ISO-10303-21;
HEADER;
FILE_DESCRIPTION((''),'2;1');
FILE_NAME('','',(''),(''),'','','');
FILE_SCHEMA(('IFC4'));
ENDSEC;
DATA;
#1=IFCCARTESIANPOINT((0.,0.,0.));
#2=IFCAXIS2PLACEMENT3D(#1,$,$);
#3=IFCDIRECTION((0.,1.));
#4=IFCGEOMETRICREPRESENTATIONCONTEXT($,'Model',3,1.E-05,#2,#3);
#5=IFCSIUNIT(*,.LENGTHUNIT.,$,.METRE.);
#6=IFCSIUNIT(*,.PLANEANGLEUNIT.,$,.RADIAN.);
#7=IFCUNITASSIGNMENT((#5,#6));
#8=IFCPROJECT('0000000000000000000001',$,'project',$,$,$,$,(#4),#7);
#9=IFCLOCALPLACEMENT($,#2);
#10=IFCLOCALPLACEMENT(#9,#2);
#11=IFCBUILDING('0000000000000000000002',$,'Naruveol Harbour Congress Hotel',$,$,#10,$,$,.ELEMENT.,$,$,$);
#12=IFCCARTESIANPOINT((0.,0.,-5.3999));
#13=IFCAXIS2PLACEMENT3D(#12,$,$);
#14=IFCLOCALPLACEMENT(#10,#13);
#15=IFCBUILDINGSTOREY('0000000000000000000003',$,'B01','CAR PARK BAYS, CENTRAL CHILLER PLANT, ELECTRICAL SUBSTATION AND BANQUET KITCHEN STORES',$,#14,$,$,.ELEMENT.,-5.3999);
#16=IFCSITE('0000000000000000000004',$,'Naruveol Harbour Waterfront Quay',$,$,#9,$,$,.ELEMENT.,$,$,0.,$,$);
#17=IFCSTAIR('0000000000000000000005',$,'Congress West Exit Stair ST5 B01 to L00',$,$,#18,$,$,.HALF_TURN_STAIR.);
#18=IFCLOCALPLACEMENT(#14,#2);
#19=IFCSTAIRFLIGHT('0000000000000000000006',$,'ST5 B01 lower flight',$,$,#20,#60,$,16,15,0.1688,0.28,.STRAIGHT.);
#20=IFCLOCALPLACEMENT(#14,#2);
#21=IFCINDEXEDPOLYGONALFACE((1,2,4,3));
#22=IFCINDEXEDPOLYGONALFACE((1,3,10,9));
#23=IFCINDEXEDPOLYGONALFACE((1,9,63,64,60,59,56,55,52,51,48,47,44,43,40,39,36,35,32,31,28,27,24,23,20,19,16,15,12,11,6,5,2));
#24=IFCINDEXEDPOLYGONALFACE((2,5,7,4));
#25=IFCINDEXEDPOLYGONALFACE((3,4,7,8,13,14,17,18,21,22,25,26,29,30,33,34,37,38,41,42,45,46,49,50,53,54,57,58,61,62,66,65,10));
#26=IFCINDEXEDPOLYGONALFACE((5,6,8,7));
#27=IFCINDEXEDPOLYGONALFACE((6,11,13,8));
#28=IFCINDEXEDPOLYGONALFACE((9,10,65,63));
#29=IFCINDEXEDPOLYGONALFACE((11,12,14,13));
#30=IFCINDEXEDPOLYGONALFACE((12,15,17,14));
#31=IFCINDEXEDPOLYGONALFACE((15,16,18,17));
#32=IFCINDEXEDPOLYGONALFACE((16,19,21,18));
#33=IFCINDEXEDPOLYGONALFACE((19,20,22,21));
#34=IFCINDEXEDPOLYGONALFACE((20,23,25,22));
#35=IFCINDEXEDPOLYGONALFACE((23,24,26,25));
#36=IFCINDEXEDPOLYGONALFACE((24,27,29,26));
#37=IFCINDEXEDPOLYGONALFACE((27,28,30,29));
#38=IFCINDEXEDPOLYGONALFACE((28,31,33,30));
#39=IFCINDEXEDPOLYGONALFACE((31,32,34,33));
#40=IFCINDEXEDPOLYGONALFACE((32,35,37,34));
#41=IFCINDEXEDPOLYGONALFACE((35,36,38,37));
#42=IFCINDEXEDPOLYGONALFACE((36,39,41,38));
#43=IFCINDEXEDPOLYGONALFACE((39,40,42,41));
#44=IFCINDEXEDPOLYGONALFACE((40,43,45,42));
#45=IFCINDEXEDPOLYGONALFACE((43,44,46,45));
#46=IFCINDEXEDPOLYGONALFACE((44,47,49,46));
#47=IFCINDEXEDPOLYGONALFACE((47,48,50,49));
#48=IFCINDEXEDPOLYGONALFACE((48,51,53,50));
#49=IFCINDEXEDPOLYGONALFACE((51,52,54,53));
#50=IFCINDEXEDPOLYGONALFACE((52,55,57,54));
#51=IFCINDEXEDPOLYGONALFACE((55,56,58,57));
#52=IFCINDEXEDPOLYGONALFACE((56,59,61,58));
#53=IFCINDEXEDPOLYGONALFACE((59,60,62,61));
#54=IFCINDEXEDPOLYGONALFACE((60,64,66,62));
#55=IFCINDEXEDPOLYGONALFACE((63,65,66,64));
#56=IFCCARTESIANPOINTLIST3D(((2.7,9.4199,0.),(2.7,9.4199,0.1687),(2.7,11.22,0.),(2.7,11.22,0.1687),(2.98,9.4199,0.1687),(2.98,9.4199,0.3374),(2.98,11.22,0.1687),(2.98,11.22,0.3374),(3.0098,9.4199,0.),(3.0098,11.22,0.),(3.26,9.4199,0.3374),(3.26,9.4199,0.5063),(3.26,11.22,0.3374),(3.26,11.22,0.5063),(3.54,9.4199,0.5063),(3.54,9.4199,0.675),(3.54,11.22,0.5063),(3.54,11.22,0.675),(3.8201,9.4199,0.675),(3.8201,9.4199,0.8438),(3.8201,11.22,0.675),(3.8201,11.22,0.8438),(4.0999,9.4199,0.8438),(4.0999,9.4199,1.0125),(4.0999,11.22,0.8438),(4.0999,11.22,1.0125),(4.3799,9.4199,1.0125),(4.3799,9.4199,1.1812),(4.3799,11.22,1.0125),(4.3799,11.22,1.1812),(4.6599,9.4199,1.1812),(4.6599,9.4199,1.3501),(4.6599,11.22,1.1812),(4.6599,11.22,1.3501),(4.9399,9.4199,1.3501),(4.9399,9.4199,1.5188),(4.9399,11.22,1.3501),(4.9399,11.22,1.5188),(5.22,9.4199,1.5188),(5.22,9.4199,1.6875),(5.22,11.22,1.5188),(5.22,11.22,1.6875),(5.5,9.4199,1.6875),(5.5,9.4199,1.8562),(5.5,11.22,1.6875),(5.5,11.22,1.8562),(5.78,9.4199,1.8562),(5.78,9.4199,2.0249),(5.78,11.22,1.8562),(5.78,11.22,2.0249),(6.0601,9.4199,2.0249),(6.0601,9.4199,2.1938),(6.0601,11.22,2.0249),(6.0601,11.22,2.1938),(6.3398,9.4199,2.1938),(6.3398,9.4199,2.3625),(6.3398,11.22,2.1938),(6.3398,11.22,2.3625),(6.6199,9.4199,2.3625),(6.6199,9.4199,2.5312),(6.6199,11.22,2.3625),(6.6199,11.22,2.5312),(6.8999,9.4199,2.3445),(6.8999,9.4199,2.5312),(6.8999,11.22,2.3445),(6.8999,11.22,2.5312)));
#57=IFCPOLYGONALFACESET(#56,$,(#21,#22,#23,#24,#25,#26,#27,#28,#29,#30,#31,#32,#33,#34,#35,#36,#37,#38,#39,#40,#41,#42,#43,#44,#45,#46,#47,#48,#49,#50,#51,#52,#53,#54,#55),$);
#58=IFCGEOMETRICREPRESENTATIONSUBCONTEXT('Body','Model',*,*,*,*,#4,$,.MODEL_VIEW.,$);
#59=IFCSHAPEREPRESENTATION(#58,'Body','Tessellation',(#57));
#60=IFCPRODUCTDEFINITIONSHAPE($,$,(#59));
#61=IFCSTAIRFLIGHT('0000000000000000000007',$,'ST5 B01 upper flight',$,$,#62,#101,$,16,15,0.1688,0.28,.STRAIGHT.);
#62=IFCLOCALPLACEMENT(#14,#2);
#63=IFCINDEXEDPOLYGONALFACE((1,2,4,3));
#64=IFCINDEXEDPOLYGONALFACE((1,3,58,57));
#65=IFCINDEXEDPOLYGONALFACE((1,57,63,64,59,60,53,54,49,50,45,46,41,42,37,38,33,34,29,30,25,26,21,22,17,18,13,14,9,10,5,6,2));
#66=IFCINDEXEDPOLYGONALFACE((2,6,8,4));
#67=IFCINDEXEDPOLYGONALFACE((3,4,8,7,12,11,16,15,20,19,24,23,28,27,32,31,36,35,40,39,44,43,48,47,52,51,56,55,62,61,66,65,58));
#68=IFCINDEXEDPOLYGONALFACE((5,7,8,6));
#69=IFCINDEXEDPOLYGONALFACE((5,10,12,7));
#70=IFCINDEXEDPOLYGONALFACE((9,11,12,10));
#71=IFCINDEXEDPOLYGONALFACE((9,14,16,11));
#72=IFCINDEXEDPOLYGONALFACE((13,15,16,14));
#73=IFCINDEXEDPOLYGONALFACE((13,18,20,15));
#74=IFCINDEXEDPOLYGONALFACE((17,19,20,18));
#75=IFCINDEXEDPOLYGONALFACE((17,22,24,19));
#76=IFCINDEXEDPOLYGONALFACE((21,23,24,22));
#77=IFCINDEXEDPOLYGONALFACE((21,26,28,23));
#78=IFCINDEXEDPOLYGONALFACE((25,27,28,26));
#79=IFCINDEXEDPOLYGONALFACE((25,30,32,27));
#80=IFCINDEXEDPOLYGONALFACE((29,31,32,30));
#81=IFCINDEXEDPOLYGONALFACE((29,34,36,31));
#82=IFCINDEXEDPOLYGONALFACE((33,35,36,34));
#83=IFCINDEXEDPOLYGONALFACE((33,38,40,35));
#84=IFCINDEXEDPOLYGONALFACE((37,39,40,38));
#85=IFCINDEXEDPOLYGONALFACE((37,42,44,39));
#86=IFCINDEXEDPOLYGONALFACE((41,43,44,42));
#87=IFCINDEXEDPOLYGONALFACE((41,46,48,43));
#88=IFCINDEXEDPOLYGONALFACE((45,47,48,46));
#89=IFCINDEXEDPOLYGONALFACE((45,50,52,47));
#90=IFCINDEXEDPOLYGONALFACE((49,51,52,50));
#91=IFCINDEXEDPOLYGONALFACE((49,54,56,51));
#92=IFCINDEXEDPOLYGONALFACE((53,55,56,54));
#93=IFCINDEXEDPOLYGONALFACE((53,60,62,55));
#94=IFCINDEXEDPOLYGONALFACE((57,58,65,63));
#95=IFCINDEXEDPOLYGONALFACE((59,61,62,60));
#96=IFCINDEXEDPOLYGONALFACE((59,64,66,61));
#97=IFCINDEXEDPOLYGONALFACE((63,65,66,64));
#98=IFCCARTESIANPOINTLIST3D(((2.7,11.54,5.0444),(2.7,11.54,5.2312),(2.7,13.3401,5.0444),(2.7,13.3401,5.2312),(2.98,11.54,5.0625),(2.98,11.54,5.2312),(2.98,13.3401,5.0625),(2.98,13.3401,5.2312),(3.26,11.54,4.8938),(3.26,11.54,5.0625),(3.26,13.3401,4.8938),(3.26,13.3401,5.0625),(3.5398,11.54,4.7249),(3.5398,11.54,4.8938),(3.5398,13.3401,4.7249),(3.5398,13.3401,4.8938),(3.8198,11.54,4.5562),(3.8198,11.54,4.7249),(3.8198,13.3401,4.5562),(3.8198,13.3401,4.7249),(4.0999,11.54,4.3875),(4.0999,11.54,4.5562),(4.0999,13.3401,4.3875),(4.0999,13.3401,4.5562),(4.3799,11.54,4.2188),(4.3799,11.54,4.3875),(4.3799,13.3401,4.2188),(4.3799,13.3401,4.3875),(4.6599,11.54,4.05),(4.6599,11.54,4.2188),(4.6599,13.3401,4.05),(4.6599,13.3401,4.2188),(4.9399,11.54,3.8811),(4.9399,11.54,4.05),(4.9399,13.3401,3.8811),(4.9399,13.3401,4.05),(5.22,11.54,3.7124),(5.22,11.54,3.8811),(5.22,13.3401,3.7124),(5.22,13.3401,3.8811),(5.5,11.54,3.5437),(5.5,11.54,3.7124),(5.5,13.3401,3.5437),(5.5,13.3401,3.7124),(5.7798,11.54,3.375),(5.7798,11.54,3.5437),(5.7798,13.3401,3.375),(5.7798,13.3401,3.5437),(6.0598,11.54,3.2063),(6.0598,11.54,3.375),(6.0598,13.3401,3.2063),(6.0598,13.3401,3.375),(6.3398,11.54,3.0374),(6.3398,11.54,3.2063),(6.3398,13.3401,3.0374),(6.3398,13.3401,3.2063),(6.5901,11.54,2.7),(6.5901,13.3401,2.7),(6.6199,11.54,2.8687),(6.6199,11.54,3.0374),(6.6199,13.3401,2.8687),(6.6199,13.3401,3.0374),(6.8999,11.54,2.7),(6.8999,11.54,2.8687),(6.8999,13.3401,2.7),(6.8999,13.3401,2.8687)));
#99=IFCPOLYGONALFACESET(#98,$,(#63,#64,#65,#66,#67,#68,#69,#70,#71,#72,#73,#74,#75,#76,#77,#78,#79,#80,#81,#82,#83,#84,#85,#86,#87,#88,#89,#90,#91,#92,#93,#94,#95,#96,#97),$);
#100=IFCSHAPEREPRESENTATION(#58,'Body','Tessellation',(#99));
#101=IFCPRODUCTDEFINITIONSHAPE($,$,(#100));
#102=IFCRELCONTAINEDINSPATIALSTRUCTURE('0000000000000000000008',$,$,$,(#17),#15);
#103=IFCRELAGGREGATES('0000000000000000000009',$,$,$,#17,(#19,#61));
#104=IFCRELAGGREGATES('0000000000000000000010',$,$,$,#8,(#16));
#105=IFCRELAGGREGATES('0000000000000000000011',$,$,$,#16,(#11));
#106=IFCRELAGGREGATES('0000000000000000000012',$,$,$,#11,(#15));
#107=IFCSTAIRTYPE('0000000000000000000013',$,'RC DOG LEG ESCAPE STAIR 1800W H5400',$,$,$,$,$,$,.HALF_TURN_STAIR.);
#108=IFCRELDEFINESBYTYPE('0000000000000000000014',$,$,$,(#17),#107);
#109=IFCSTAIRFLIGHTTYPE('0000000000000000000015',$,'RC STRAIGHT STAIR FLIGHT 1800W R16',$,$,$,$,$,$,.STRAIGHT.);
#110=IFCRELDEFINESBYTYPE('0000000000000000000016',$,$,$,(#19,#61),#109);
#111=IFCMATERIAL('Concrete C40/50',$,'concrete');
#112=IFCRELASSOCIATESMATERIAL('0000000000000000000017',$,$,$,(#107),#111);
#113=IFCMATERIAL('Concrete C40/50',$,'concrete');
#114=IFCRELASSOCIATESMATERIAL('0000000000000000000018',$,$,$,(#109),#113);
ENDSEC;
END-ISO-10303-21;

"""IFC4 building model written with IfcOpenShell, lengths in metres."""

from ifc_helpers import new_model, si_unit, direction, frame, origin, place, context, subcontext, project, spatial, polyline, outline, extrude, material, type_object, element, aggregate, save


model = new_model("IFC4")

# Units and contexts
model_context = context("Model", 3, precision=1e-05, world=origin(), true_north=direction((0.0, 1.0)))
body_context = subcontext(model_context, "Body", "Model", "MODEL_VIEW")
ifc_project = project(units=[si_unit("LENGTHUNIT", "METRE"), si_unit("PLANEANGLEUNIT", "RADIAN")], contexts=[model_context])

# Site, building, storey
site_placement = place(None, origin())
site = spatial("IfcSite", under=ifc_project, at=site_placement, Name="Naruveol Harbour Waterfront Quay", CompositionType="ELEMENT", RefElevation=0.0)
building_placement = place(site_placement, origin())
building = spatial("IfcBuilding", under=site, at=building_placement, Name="Naruveol Harbour Congress Hotel", CompositionType="ELEMENT")
storey_placement = place(building_placement, frame((0.0, 0.0, -5.3999)))
storey = spatial("IfcBuildingStorey", under=building, at=storey_placement, Name="B01", Description="CAR PARK BAYS, CENTRAL CHILLER PLANT, ELECTRICAL SUBSTATION AND BANQUET KITCHEN STORES", CompositionType="ELEMENT", Elevation=-5.3999)

# Stair, stair flights
ifc_material_1 = material(Name="Concrete C40/50", Category="concrete")
stair_type = type_object("IfcStairType", Name="RC DOG LEG ESCAPE STAIR 1800W H5400", PredefinedType="HALF_TURN_STAIR", material=ifc_material_1)
stair_placement = place(storey_placement, origin())
stair = element("IfcStair", 1, at=stair_placement, inside=storey, type_object=stair_type, Name="Congress West Exit Stair ST5 B01 to L00", PredefinedType="HALF_TURN_STAIR")
ifc_material_2 = material(Name="Concrete C40/50", Category="concrete")
stair_flight_type = type_object("IfcStairFlightType", Name="RC STRAIGHT STAIR FLIGHT 1800W R16", PredefinedType="STRAIGHT", material=ifc_material_2)
stair_flight_1_placement = place(storey_placement, frame((2.7, 10.3201, 0.0), z_axis=(0.0, 0.0, 1.0), x_axis=(1.0, 0.0, 0.0)))
stair_flight_1 = element("IfcStairFlight", 2, at=stair_flight_1_placement, type_object=stair_flight_type, Name="ST5 B01 lower flight", NumberOfRisers=16, NumberOfTreads=15, PredefinedType="STRAIGHT", RiserHeight=0.1688, TreadLength=0.28, context=body_context, shape_type="SweptSolid", body=[
    extrude(outline(polyline([(0.0, 0.0), (0.0, 0.1687), (0.28, 0.1687), (0.28, 0.3374), (0.5601, 0.3374), (0.5601, 0.5063), (0.8401, 0.5063), (0.8401, 0.675), (1.1201, 0.675), (1.1201, 0.8438), (1.3999, 0.8438), (1.3999, 1.0125), (1.6799, 1.0125), (1.6799, 1.1812), (1.96, 1.1812), (1.96, 1.3501), (2.24, 1.3501), (2.24, 1.5188), (2.52, 1.5188), (2.52, 1.6875), (2.8, 1.6875), (2.8, 1.8562), (3.0801, 1.8562), (3.0801, 2.0249), (3.3601, 2.0249), (3.3601, 2.1938), (3.6399, 2.1938), (3.6399, 2.3625), (3.9199, 2.3625), (3.9199, 2.5312), (4.2, 2.5312), (4.2, 2.7), (4.2, 2.3445), (0.3098, 0.0), (0.0, 0.0)])), frame((0.0, 0.8999, 0.0), z_axis=(0.0, -1.0, 0.0), x_axis=(1.0, 0.0, 0.0)), (0.0, 0.0, 1.0), 1.8),
])
stair_flight_2_placement = place(storey_placement, frame((6.8999, 12.4399, 2.7), z_axis=(0.0, 0.0, 1.0), x_axis=(-1.0, 0.0, 0.0)))
stair_flight_2 = element("IfcStairFlight", 3, at=stair_flight_2_placement, type_object=stair_flight_type, Name="ST5 B01 upper flight", NumberOfRisers=16, NumberOfTreads=15, PredefinedType="STRAIGHT", RiserHeight=0.1688, TreadLength=0.28, context=body_context, shape_type="SweptSolid", body=[
    extrude(outline(polyline([(0.0, 0.0), (0.0, 0.1687), (0.28, 0.1687), (0.28, 0.3374), (0.5601, 0.3374), (0.5601, 0.5063), (0.8401, 0.5063), (0.8401, 0.675), (1.1201, 0.675), (1.1201, 0.8438), (1.3999, 0.8438), (1.3999, 1.0125), (1.6799, 1.0125), (1.6799, 1.1812), (1.96, 1.1812), (1.96, 1.3501), (2.24, 1.3501), (2.24, 1.5188), (2.52, 1.5188), (2.52, 1.6875), (2.8, 1.6875), (2.8, 1.8562), (3.0801, 1.8562), (3.0801, 2.0249), (3.3601, 2.0249), (3.3601, 2.1938), (3.6399, 2.1938), (3.6399, 2.3625), (3.9199, 2.3625), (3.9199, 2.5312), (4.2, 2.5312), (4.2, 2.7), (4.2, 2.3445), (0.3098, 0.0), (0.0, 0.0)])), frame((0.0, 0.8999, 0.0), z_axis=(0.0, -1.0, 0.0), x_axis=(1.0, 0.0, 0.0)), (0.0, 0.0, 1.0), 1.8),
])
aggregate(stair, [stair_flight_1, stair_flight_2])

save(model, "model.ifc")
